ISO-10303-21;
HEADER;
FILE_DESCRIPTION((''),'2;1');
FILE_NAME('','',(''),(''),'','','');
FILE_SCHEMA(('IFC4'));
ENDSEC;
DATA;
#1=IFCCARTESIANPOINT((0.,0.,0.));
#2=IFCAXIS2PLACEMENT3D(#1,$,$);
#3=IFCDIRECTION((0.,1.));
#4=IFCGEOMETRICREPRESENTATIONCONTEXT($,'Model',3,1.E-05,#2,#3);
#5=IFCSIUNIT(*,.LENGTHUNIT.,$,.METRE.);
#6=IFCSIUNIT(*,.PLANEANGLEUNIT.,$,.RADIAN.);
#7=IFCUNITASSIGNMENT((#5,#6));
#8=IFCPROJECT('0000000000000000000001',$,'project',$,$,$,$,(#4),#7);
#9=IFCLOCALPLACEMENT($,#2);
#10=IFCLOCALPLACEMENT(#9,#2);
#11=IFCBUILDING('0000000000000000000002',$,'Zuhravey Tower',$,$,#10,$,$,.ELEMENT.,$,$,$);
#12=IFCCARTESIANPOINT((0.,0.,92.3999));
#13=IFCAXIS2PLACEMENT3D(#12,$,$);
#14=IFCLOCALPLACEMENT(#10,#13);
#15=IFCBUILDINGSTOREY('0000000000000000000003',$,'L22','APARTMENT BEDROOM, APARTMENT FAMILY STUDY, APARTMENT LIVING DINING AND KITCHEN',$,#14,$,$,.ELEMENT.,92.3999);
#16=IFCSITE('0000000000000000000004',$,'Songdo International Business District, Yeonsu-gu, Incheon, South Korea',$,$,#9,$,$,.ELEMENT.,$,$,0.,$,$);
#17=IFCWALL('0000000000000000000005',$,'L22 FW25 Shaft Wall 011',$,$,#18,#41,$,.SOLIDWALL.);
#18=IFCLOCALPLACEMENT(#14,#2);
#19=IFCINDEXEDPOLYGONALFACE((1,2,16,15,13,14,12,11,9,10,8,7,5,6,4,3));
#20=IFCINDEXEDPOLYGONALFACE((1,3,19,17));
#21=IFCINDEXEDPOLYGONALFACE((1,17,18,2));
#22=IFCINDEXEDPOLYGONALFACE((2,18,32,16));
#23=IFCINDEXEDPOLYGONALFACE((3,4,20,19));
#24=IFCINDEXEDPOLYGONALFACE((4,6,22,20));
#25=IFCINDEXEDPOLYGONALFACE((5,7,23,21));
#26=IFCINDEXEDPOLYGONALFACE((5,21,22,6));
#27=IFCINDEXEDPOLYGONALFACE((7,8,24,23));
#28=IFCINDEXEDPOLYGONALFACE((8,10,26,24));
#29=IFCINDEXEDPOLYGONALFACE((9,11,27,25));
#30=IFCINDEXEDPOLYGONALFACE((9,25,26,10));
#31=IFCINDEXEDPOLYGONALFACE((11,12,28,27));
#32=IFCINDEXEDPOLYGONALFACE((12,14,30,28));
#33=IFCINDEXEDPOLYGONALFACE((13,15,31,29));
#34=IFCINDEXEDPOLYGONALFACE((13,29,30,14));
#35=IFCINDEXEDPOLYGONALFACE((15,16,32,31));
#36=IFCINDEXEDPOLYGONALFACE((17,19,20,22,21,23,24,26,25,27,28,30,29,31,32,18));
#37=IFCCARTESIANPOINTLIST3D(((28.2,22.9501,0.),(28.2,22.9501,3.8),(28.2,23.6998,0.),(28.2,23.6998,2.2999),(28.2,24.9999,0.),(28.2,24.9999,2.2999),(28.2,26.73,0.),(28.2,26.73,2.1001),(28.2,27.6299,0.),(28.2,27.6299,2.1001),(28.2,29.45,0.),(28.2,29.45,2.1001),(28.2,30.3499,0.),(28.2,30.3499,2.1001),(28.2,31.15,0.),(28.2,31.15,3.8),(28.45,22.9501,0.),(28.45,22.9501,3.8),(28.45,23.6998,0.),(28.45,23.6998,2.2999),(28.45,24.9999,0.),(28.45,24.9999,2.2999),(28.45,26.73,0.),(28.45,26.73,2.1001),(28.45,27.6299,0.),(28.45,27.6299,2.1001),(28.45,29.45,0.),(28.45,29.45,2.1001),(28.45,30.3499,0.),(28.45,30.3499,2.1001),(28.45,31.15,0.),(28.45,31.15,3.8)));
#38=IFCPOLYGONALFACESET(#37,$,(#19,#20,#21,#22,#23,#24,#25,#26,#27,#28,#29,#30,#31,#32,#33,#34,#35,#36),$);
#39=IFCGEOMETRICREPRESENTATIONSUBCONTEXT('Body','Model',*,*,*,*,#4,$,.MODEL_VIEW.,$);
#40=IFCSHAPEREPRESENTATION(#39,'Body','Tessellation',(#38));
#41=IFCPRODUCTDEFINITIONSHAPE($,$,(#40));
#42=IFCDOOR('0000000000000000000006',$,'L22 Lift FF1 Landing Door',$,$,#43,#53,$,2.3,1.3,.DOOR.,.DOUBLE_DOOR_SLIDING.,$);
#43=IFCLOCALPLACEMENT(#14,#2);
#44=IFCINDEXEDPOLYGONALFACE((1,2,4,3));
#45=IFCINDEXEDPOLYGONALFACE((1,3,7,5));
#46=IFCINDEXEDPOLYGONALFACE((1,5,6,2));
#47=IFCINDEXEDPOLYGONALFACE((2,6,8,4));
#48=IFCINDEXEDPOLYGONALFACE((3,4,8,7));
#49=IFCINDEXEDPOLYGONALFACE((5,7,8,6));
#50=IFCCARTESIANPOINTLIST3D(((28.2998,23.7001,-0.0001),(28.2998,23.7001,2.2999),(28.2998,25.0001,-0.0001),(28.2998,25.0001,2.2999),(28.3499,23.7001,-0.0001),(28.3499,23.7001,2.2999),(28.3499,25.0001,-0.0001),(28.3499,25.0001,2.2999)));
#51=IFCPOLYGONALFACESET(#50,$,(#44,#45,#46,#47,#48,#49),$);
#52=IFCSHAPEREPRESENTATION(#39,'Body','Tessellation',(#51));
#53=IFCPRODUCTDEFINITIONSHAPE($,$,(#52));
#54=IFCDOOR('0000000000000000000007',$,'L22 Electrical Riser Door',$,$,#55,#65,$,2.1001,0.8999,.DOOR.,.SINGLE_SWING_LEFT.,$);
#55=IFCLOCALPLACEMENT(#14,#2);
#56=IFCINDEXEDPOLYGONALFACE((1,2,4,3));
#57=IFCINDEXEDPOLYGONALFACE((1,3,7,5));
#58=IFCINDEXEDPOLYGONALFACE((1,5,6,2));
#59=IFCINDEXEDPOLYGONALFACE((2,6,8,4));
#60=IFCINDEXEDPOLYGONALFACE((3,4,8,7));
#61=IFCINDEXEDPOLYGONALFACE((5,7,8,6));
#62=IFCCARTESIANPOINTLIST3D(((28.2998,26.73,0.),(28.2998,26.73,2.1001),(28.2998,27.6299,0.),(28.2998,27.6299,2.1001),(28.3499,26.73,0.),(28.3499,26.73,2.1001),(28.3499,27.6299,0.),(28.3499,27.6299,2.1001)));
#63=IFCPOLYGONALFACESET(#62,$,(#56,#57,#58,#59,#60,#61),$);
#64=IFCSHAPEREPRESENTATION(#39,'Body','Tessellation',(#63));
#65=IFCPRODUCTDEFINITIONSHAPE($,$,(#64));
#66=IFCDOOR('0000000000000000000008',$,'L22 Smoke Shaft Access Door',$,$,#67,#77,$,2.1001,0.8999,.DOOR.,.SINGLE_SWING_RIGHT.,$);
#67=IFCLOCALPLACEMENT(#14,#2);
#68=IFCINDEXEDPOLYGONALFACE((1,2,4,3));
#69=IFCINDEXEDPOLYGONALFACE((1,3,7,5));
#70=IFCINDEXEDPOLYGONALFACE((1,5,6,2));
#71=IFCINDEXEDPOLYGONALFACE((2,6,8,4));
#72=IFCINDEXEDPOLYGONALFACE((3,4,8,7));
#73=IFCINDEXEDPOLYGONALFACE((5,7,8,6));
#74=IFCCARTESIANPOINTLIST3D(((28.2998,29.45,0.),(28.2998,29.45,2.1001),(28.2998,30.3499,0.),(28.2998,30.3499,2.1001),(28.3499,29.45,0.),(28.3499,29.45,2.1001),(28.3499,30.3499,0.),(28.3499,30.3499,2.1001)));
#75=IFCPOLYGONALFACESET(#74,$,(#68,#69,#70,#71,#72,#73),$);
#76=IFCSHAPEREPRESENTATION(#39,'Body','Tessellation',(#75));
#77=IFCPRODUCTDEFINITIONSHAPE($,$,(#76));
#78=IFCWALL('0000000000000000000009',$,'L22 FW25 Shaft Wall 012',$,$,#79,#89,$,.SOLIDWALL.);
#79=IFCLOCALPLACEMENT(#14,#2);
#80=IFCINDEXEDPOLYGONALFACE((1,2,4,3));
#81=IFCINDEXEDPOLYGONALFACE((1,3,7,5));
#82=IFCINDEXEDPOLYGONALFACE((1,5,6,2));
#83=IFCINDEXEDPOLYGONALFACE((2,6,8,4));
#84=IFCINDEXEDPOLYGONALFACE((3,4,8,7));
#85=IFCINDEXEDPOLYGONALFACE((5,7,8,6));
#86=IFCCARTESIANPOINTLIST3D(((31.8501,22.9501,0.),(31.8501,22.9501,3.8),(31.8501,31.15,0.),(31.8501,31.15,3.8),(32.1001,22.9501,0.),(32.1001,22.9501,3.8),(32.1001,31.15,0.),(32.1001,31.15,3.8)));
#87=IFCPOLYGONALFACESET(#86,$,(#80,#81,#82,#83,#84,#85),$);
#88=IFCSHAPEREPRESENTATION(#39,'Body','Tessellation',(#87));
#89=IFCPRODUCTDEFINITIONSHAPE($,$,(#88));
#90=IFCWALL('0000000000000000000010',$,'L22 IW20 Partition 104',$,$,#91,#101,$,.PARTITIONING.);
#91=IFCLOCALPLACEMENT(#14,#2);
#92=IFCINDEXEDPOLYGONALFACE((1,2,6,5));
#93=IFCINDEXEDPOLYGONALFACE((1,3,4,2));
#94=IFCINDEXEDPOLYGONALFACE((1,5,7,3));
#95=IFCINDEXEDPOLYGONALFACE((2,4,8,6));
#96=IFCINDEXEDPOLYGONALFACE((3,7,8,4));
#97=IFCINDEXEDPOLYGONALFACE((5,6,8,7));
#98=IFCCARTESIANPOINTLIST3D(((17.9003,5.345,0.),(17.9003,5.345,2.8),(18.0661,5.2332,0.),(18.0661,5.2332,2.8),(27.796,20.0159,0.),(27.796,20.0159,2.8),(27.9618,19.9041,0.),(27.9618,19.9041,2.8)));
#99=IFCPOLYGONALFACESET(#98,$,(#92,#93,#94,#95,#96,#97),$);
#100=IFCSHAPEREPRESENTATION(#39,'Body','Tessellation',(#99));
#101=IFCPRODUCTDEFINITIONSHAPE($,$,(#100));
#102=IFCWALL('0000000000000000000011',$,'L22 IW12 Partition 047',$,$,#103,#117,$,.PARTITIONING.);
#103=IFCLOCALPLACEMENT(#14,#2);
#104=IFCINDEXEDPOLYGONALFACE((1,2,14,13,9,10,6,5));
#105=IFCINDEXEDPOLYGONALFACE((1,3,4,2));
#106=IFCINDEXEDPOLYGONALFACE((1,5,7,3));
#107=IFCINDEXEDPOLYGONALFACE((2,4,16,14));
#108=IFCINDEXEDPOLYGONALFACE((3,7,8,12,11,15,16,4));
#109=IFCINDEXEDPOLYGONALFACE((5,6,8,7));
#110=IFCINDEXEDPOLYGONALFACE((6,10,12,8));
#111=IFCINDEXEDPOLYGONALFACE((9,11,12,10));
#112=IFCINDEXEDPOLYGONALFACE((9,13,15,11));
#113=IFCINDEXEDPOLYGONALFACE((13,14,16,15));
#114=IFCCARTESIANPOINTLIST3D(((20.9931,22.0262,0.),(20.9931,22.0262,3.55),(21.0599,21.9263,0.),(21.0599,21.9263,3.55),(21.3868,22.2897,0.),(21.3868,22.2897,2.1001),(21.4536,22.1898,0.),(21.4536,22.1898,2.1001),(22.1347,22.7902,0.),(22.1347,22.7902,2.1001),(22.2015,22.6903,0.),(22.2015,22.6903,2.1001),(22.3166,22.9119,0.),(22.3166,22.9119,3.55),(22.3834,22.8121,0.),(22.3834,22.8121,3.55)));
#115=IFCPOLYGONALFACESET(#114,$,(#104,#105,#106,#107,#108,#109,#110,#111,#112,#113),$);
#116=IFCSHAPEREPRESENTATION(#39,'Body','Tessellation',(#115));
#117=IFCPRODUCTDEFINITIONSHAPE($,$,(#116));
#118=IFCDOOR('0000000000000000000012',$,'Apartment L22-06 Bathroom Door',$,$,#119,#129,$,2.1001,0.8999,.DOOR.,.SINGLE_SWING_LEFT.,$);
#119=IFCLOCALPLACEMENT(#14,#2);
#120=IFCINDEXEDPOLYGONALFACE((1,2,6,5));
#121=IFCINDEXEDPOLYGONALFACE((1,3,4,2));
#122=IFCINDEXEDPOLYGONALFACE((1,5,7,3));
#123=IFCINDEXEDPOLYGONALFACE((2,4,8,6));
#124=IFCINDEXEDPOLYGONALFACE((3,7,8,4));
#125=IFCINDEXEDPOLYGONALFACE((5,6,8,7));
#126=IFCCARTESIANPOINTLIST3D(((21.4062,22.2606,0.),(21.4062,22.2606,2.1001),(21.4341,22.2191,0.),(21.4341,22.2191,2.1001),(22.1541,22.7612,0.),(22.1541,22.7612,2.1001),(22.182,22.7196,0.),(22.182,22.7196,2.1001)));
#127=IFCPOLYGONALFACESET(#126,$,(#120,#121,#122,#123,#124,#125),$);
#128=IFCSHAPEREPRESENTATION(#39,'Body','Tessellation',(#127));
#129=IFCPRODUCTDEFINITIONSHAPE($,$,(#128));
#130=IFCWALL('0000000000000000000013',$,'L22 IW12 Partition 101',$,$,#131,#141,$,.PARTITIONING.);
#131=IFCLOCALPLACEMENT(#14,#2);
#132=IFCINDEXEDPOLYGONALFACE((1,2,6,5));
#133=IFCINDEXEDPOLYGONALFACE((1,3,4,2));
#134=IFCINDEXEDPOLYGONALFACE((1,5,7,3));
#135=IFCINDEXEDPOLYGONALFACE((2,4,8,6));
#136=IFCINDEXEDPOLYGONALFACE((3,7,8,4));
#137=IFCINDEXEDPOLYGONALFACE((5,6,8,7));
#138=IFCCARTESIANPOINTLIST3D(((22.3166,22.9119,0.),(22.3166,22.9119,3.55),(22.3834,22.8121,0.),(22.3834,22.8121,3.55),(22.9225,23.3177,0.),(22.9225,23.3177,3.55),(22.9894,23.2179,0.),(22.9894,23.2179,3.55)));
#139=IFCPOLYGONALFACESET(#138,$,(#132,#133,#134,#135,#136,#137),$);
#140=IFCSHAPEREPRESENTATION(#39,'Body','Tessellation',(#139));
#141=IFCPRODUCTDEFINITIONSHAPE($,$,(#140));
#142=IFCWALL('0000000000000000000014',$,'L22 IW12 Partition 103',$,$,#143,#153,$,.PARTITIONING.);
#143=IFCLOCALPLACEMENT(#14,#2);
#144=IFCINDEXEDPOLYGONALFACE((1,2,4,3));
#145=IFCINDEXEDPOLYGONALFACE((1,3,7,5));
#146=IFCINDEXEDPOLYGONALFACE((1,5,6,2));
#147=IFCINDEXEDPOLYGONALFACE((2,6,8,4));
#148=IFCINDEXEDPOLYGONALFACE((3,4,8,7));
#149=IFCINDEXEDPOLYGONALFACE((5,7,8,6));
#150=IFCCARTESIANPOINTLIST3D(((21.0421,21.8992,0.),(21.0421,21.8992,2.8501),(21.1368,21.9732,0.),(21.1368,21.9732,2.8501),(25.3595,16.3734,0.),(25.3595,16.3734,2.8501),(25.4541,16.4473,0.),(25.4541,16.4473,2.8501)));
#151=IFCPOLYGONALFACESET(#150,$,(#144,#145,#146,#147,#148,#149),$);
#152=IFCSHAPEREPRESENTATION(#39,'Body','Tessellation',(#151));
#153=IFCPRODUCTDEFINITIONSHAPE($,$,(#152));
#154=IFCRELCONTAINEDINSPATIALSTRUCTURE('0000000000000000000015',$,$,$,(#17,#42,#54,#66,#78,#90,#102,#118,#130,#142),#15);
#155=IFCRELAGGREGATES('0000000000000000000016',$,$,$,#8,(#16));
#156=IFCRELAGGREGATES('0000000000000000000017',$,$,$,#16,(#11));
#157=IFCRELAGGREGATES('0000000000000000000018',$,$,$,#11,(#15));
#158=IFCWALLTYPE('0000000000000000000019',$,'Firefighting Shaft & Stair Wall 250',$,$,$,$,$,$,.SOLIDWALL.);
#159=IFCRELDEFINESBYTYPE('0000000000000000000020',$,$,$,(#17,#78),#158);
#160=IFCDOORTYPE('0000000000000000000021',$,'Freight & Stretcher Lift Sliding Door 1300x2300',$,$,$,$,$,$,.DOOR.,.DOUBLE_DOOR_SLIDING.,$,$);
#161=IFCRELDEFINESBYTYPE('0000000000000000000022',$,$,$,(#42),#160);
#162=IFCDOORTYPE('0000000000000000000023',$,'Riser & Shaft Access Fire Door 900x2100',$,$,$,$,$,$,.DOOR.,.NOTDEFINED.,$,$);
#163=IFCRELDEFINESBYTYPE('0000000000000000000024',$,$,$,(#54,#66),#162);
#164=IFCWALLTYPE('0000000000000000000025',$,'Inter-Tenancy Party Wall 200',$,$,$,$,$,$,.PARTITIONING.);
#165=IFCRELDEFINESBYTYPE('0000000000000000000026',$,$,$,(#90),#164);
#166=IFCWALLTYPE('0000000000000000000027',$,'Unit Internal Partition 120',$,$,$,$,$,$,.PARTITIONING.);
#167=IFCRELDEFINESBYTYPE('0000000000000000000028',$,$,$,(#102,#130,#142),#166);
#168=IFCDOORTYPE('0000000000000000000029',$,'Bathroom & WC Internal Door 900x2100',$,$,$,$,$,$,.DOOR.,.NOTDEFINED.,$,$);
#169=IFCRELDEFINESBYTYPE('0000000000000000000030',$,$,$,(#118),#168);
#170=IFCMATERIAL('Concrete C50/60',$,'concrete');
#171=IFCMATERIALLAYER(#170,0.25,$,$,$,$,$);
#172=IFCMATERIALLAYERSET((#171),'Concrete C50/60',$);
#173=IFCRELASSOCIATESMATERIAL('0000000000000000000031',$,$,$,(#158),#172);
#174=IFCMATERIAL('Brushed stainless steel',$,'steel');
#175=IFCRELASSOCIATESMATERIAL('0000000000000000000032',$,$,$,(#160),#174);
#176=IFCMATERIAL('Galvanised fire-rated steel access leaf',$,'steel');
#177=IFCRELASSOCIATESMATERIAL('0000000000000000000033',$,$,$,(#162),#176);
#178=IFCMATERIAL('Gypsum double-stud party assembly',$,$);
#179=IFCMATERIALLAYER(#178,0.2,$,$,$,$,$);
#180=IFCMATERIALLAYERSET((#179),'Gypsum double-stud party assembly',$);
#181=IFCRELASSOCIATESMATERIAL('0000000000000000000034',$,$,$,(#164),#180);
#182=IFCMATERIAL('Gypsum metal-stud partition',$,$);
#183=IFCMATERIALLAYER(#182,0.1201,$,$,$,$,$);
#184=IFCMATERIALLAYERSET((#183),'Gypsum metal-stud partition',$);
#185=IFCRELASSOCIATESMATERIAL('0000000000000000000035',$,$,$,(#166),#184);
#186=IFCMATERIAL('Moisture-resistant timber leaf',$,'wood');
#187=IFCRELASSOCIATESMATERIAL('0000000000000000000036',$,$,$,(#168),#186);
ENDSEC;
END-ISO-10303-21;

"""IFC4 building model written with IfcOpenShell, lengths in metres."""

from ifc_helpers import new_model, si_unit, direction, frame, frame_2d, origin, place, context, subcontext, project, spatial, rectangle, extrude, material, layer, layer_set, type_object, element, fill, save


model = new_model("IFC4")

# Units and contexts
model_context = context("Model", 3, precision=1e-05, world=origin(), true_north=direction((0.0, 1.0)))
body_context = subcontext(model_context, "Body", "Model", "MODEL_VIEW")
ifc_project = project(units=[si_unit("LENGTHUNIT", "METRE"), si_unit("PLANEANGLEUNIT", "RADIAN")], contexts=[model_context])

# Site, building, storey
site_placement = place(None, origin())
site = spatial("IfcSite", under=ifc_project, at=site_placement, Name="Songdo International Business District, Yeonsu-gu, Incheon, South Korea", CompositionType="ELEMENT", RefElevation=0.0)
building_placement = place(site_placement, origin())
building = spatial("IfcBuilding", under=site, at=building_placement, Name="Zuhravey Tower", CompositionType="ELEMENT")
storey_placement = place(building_placement, frame((0.0, 0.0, 92.3999)))
storey = spatial("IfcBuildingStorey", under=building, at=storey_placement, Name="L22", Description="APARTMENT BEDROOM, APARTMENT FAMILY STUDY, APARTMENT LIVING DINING AND KITCHEN", CompositionType="ELEMENT", Elevation=92.3999)

# Wall, openings, doors
ifc_material_1 = material(Name="Concrete C50/60", Category="concrete")
ifc_layer_1 = layer(ifc_material_1, 0.25)
ifc_layer_set_1 = layer_set([ifc_layer_1], Name="Concrete C50/60")
wall_type_1 = type_object("IfcWallType", Name="Firefighting Shaft & Stair Wall 250", PredefinedType="SOLIDWALL", material=ifc_layer_set_1)
wall_1_placement = place(storey_placement, frame((28.325, 22.95, 0.0), z_axis=(0.0, 0.0, 1.0), x_axis=(0.0, 1.0, 0.0)))
wall_1 = element("IfcWall", 1, at=wall_1_placement, inside=storey, type_object=wall_type_1, Name="L22 FW25 Shaft Wall 011", PredefinedType="SOLIDWALL", context=body_context, shape_type="SweptSolid", body=[
    extrude(rectangle(XDim=8.2, YDim=0.25, at=frame_2d((4.1001, 0.0))), origin(), (0.0, 0.0, 1.0), 3.8),
])
opening_1_placement = place(wall_1_placement, frame((0.75, 0.0, 0.0)))
opening_1 = element("IfcOpeningElement", 2, at=opening_1_placement, cuts=wall_1, PredefinedType="OPENING", context=body_context, shape_type="SweptSolid", body=[
    extrude(rectangle(XDim=1.3, YDim=2.3, at=frame_2d((0.6499, 1.1499))), frame((0.0, 0.137, 0.0), z_axis=(0.0, -1.0, 0.0), x_axis=(1.0, 0.0, 0.0)), (0.0, 0.0, 1.0), 0.2739),
])
opening_2_placement = place(wall_1_placement, frame((3.78, 0.0, 0.0)))
opening_2 = element("IfcOpeningElement", 3, at=opening_2_placement, cuts=wall_1, PredefinedType="OPENING", context=body_context, shape_type="SweptSolid", body=[
    extrude(rectangle(XDim=0.8999, YDim=2.1001, at=frame_2d((0.45, 1.05))), frame((0.0, 0.137, 0.0), z_axis=(0.0, -1.0, 0.0), x_axis=(1.0, 0.0, 0.0)), (0.0, 0.0, 1.0), 0.2739),
])
opening_3_placement = place(wall_1_placement, frame((6.5, 0.0, 0.0)))
opening_3 = element("IfcOpeningElement", 4, at=opening_3_placement, cuts=wall_1, PredefinedType="OPENING", context=body_context, shape_type="SweptSolid", body=[
    extrude(rectangle(XDim=0.8999, YDim=2.1001, at=frame_2d((0.45, 1.05))), frame((0.0, 0.137, 0.0), z_axis=(0.0, -1.0, 0.0), x_axis=(1.0, 0.0, 0.0)), (0.0, 0.0, 1.0), 0.2739),
])
ifc_material_2 = material(Name="Brushed stainless steel", Category="steel")
door_type_1 = type_object("IfcDoorType", Name="Freight & Stretcher Lift Sliding Door 1300x2300", OperationType="DOUBLE_DOOR_SLIDING", PredefinedType="DOOR", material=ifc_material_2)
door_1_placement = place(opening_1_placement, frame((1.3, 0.0, 0.0), z_axis=(0.0, 0.0, 1.0), x_axis=(-1.0, 0.0, 0.0)))
door_1 = element("IfcDoor", 5, at=door_1_placement, inside=storey, type_object=door_type_1, Name="L22 Lift FF1 Landing Door", OperationType="DOUBLE_DOOR_SLIDING", OverallHeight=2.3, OverallWidth=1.3, PredefinedType="DOOR", context=body_context, shape_type="SweptSolid", body=[
    extrude(rectangle(XDim=1.3, YDim=2.3, at=frame_2d((0.6499, 1.1499))), frame((0.0, 0.0249, 0.0), z_axis=(0.0, -1.0, 0.0), x_axis=(1.0, 0.0, 0.0)), (0.0, 0.0, 1.0), 0.05),
])
fill(opening_1, door_1)
ifc_material_3 = material(Name="Galvanised fire-rated steel access leaf", Category="steel")
door_type_2 = type_object("IfcDoorType", Name="Riser & Shaft Access Fire Door 900x2100", OperationType="NOTDEFINED", PredefinedType="DOOR", material=ifc_material_3)
door_2_placement = place(opening_2_placement, frame((0.8999, 0.0, 0.0), z_axis=(0.0, 0.0, 1.0), x_axis=(-1.0, 0.0, 0.0)))
door_2 = element("IfcDoor", 6, at=door_2_placement, inside=storey, type_object=door_type_2, Name="L22 Electrical Riser Door", OperationType="SINGLE_SWING_LEFT", OverallHeight=2.1001, OverallWidth=0.8999, PredefinedType="DOOR", context=body_context, shape_type="SweptSolid", body=[
    extrude(rectangle(XDim=0.8999, YDim=2.1001, at=frame_2d((0.45, 1.05))), frame((0.0, 0.0249, 0.0), z_axis=(0.0, -1.0, 0.0), x_axis=(1.0, 0.0, 0.0)), (0.0, 0.0, 1.0), 0.05),
])
fill(opening_2, door_2)
door_3_placement = place(opening_3_placement, frame((0.8999, 0.0, 0.0), z_axis=(0.0, 0.0, 1.0), x_axis=(-1.0, 0.0, 0.0)))
door_3 = element("IfcDoor", 7, at=door_3_placement, inside=storey, type_object=door_type_2, Name="L22 Smoke Shaft Access Door", OperationType="SINGLE_SWING_RIGHT", OverallHeight=2.1001, OverallWidth=0.8999, PredefinedType="DOOR", context=body_context, shape_type="SweptSolid", body=[
    extrude(rectangle(XDim=0.8999, YDim=2.1001, at=frame_2d((0.45, 1.05))), frame((0.0, 0.0249, 0.0), z_axis=(0.0, -1.0, 0.0), x_axis=(1.0, 0.0, 0.0)), (0.0, 0.0, 1.0), 0.05),
])
fill(opening_3, door_3)

# Walls
wall_2_placement = place(storey_placement, frame((31.9751, 22.95, 0.0), z_axis=(0.0, 0.0, 1.0), x_axis=(0.0, 1.0, 0.0)))
element("IfcWall", 8, at=wall_2_placement, inside=storey, type_object=wall_type_1, Name="L22 FW25 Shaft Wall 012", PredefinedType="SOLIDWALL", context=body_context, shape_type="SweptSolid", body=[
    extrude(rectangle(XDim=8.2, YDim=0.25, at=frame_2d((4.1001, 0.0))), origin(), (0.0, 0.0, 1.0), 3.8),
])
ifc_material_4 = material(Name="Gypsum double-stud party assembly")
ifc_layer_2 = layer(ifc_material_4, 0.2)
ifc_layer_set_2 = layer_set([ifc_layer_2], Name="Gypsum double-stud party assembly")
wall_type_2 = type_object("IfcWallType", Name="Inter-Tenancy Party Wall 200", PredefinedType="PARTITIONING", material=ifc_layer_set_2)
wall_3_placement = place(storey_placement, frame((27.8789, 19.96, 0.0), z_axis=(0.0, 0.0, 1.0), x_axis=(-0.559197, -0.829035, 0.0)))
element("IfcWall", 9, at=wall_3_placement, inside=storey, type_object=wall_type_2, Name="L22 IW20 Partition 104", PredefinedType="PARTITIONING", context=body_context, shape_type="SweptSolid", body=[
    extrude(rectangle(XDim=17.6963, YDim=0.2, at=frame_2d((8.8481, 0.0))), origin(), (0.0, 0.0, 1.0), 2.8),
])

# Wall, opening, door
ifc_material_5 = material(Name="Gypsum metal-stud partition")
ifc_layer_3 = layer(ifc_material_5, 0.1201)
ifc_layer_set_3 = layer_set([ifc_layer_3], Name="Gypsum metal-stud partition")
wall_type_3 = type_object("IfcWallType", Name="Unit Internal Partition 120", PredefinedType="PARTITIONING", material=ifc_layer_set_3)
wall_4_placement = place(storey_placement, frame((22.3501, 22.8621, 0.0), z_axis=(0.0, 0.0, 1.0), x_axis=(-0.831058, -0.556185, 0.0)))
wall_4 = element("IfcWall", 10, at=wall_4_placement, inside=storey, type_object=wall_type_3, Name="L22 IW12 Partition 047", PredefinedType="PARTITIONING", context=body_context, shape_type="SweptSolid", body=[
    extrude(rectangle(XDim=1.5925, YDim=0.1201, at=frame_2d((0.7964, 0.0))), origin(), (0.0, 0.0, 1.0), 3.55),
])
opening_4_placement = place(wall_4_placement, frame((0.219, 0.0, 0.0)))
opening_4 = element("IfcOpeningElement", 11, at=opening_4_placement, cuts=wall_4, PredefinedType="OPENING", context=body_context, shape_type="SweptSolid", body=[
    extrude(rectangle(XDim=0.8999, YDim=2.1001, at=frame_2d((0.45, 1.05))), frame((0.0, 0.072, 0.0), z_axis=(0.0, -1.0, 0.0), x_axis=(1.0, 0.0, 0.0)), (0.0, 0.0, 1.0), 0.144),
])
ifc_material_6 = material(Name="Moisture-resistant timber leaf", Category="wood")
door_type_3 = type_object("IfcDoorType", Name="Bathroom & WC Internal Door 900x2100", OperationType="NOTDEFINED", PredefinedType="DOOR", material=ifc_material_6)
door_4_placement = place(opening_4_placement, origin())
door_4 = element("IfcDoor", 12, at=door_4_placement, inside=storey, type_object=door_type_3, Name="Apartment L22-06 Bathroom Door", OperationType="SINGLE_SWING_LEFT", OverallHeight=2.1001, OverallWidth=0.8999, PredefinedType="DOOR", context=body_context, shape_type="SweptSolid", body=[
    extrude(rectangle(XDim=0.8999, YDim=2.1001, at=frame_2d((0.45, 1.05))), frame((0.0, 0.0249, 0.0), z_axis=(0.0, -1.0, 0.0), x_axis=(1.0, 0.0, 0.0)), (0.0, 0.0, 1.0), 0.05),
])
fill(opening_4, door_4)

# Walls
wall_5_placement = place(storey_placement, frame((22.9561, 23.2678, 0.0), z_axis=(0.0, 0.0, 1.0), x_axis=(-0.830915, -0.556399, 0.0)))
element("IfcWall", 13, at=wall_5_placement, inside=storey, type_object=wall_type_3, Name="L22 IW12 Partition 101", PredefinedType="PARTITIONING", context=body_context, shape_type="SweptSolid", body=[
    extrude(rectangle(XDim=0.7292, YDim=0.1201, at=frame_2d((0.3647, 0.0))), origin(), (0.0, 0.0, 1.0), 3.55),
])
wall_6_placement = place(storey_placement, frame((21.0894, 21.9363, 0.0), z_axis=(0.0, 0.0, 1.0), x_axis=(0.61567, -0.788004, 0.0)))
element("IfcWall", 14, at=wall_6_placement, inside=storey, type_object=wall_type_3, Name="L22 IW12 Partition 103", PredefinedType="PARTITIONING", context=body_context, shape_type="SweptSolid", body=[
    extrude(rectangle(XDim=7.0125, YDim=0.1201, at=frame_2d((3.5063, 0.0))), origin(), (0.0, 0.0, 1.0), 2.8501),
])

save(model, "model.ifc")
